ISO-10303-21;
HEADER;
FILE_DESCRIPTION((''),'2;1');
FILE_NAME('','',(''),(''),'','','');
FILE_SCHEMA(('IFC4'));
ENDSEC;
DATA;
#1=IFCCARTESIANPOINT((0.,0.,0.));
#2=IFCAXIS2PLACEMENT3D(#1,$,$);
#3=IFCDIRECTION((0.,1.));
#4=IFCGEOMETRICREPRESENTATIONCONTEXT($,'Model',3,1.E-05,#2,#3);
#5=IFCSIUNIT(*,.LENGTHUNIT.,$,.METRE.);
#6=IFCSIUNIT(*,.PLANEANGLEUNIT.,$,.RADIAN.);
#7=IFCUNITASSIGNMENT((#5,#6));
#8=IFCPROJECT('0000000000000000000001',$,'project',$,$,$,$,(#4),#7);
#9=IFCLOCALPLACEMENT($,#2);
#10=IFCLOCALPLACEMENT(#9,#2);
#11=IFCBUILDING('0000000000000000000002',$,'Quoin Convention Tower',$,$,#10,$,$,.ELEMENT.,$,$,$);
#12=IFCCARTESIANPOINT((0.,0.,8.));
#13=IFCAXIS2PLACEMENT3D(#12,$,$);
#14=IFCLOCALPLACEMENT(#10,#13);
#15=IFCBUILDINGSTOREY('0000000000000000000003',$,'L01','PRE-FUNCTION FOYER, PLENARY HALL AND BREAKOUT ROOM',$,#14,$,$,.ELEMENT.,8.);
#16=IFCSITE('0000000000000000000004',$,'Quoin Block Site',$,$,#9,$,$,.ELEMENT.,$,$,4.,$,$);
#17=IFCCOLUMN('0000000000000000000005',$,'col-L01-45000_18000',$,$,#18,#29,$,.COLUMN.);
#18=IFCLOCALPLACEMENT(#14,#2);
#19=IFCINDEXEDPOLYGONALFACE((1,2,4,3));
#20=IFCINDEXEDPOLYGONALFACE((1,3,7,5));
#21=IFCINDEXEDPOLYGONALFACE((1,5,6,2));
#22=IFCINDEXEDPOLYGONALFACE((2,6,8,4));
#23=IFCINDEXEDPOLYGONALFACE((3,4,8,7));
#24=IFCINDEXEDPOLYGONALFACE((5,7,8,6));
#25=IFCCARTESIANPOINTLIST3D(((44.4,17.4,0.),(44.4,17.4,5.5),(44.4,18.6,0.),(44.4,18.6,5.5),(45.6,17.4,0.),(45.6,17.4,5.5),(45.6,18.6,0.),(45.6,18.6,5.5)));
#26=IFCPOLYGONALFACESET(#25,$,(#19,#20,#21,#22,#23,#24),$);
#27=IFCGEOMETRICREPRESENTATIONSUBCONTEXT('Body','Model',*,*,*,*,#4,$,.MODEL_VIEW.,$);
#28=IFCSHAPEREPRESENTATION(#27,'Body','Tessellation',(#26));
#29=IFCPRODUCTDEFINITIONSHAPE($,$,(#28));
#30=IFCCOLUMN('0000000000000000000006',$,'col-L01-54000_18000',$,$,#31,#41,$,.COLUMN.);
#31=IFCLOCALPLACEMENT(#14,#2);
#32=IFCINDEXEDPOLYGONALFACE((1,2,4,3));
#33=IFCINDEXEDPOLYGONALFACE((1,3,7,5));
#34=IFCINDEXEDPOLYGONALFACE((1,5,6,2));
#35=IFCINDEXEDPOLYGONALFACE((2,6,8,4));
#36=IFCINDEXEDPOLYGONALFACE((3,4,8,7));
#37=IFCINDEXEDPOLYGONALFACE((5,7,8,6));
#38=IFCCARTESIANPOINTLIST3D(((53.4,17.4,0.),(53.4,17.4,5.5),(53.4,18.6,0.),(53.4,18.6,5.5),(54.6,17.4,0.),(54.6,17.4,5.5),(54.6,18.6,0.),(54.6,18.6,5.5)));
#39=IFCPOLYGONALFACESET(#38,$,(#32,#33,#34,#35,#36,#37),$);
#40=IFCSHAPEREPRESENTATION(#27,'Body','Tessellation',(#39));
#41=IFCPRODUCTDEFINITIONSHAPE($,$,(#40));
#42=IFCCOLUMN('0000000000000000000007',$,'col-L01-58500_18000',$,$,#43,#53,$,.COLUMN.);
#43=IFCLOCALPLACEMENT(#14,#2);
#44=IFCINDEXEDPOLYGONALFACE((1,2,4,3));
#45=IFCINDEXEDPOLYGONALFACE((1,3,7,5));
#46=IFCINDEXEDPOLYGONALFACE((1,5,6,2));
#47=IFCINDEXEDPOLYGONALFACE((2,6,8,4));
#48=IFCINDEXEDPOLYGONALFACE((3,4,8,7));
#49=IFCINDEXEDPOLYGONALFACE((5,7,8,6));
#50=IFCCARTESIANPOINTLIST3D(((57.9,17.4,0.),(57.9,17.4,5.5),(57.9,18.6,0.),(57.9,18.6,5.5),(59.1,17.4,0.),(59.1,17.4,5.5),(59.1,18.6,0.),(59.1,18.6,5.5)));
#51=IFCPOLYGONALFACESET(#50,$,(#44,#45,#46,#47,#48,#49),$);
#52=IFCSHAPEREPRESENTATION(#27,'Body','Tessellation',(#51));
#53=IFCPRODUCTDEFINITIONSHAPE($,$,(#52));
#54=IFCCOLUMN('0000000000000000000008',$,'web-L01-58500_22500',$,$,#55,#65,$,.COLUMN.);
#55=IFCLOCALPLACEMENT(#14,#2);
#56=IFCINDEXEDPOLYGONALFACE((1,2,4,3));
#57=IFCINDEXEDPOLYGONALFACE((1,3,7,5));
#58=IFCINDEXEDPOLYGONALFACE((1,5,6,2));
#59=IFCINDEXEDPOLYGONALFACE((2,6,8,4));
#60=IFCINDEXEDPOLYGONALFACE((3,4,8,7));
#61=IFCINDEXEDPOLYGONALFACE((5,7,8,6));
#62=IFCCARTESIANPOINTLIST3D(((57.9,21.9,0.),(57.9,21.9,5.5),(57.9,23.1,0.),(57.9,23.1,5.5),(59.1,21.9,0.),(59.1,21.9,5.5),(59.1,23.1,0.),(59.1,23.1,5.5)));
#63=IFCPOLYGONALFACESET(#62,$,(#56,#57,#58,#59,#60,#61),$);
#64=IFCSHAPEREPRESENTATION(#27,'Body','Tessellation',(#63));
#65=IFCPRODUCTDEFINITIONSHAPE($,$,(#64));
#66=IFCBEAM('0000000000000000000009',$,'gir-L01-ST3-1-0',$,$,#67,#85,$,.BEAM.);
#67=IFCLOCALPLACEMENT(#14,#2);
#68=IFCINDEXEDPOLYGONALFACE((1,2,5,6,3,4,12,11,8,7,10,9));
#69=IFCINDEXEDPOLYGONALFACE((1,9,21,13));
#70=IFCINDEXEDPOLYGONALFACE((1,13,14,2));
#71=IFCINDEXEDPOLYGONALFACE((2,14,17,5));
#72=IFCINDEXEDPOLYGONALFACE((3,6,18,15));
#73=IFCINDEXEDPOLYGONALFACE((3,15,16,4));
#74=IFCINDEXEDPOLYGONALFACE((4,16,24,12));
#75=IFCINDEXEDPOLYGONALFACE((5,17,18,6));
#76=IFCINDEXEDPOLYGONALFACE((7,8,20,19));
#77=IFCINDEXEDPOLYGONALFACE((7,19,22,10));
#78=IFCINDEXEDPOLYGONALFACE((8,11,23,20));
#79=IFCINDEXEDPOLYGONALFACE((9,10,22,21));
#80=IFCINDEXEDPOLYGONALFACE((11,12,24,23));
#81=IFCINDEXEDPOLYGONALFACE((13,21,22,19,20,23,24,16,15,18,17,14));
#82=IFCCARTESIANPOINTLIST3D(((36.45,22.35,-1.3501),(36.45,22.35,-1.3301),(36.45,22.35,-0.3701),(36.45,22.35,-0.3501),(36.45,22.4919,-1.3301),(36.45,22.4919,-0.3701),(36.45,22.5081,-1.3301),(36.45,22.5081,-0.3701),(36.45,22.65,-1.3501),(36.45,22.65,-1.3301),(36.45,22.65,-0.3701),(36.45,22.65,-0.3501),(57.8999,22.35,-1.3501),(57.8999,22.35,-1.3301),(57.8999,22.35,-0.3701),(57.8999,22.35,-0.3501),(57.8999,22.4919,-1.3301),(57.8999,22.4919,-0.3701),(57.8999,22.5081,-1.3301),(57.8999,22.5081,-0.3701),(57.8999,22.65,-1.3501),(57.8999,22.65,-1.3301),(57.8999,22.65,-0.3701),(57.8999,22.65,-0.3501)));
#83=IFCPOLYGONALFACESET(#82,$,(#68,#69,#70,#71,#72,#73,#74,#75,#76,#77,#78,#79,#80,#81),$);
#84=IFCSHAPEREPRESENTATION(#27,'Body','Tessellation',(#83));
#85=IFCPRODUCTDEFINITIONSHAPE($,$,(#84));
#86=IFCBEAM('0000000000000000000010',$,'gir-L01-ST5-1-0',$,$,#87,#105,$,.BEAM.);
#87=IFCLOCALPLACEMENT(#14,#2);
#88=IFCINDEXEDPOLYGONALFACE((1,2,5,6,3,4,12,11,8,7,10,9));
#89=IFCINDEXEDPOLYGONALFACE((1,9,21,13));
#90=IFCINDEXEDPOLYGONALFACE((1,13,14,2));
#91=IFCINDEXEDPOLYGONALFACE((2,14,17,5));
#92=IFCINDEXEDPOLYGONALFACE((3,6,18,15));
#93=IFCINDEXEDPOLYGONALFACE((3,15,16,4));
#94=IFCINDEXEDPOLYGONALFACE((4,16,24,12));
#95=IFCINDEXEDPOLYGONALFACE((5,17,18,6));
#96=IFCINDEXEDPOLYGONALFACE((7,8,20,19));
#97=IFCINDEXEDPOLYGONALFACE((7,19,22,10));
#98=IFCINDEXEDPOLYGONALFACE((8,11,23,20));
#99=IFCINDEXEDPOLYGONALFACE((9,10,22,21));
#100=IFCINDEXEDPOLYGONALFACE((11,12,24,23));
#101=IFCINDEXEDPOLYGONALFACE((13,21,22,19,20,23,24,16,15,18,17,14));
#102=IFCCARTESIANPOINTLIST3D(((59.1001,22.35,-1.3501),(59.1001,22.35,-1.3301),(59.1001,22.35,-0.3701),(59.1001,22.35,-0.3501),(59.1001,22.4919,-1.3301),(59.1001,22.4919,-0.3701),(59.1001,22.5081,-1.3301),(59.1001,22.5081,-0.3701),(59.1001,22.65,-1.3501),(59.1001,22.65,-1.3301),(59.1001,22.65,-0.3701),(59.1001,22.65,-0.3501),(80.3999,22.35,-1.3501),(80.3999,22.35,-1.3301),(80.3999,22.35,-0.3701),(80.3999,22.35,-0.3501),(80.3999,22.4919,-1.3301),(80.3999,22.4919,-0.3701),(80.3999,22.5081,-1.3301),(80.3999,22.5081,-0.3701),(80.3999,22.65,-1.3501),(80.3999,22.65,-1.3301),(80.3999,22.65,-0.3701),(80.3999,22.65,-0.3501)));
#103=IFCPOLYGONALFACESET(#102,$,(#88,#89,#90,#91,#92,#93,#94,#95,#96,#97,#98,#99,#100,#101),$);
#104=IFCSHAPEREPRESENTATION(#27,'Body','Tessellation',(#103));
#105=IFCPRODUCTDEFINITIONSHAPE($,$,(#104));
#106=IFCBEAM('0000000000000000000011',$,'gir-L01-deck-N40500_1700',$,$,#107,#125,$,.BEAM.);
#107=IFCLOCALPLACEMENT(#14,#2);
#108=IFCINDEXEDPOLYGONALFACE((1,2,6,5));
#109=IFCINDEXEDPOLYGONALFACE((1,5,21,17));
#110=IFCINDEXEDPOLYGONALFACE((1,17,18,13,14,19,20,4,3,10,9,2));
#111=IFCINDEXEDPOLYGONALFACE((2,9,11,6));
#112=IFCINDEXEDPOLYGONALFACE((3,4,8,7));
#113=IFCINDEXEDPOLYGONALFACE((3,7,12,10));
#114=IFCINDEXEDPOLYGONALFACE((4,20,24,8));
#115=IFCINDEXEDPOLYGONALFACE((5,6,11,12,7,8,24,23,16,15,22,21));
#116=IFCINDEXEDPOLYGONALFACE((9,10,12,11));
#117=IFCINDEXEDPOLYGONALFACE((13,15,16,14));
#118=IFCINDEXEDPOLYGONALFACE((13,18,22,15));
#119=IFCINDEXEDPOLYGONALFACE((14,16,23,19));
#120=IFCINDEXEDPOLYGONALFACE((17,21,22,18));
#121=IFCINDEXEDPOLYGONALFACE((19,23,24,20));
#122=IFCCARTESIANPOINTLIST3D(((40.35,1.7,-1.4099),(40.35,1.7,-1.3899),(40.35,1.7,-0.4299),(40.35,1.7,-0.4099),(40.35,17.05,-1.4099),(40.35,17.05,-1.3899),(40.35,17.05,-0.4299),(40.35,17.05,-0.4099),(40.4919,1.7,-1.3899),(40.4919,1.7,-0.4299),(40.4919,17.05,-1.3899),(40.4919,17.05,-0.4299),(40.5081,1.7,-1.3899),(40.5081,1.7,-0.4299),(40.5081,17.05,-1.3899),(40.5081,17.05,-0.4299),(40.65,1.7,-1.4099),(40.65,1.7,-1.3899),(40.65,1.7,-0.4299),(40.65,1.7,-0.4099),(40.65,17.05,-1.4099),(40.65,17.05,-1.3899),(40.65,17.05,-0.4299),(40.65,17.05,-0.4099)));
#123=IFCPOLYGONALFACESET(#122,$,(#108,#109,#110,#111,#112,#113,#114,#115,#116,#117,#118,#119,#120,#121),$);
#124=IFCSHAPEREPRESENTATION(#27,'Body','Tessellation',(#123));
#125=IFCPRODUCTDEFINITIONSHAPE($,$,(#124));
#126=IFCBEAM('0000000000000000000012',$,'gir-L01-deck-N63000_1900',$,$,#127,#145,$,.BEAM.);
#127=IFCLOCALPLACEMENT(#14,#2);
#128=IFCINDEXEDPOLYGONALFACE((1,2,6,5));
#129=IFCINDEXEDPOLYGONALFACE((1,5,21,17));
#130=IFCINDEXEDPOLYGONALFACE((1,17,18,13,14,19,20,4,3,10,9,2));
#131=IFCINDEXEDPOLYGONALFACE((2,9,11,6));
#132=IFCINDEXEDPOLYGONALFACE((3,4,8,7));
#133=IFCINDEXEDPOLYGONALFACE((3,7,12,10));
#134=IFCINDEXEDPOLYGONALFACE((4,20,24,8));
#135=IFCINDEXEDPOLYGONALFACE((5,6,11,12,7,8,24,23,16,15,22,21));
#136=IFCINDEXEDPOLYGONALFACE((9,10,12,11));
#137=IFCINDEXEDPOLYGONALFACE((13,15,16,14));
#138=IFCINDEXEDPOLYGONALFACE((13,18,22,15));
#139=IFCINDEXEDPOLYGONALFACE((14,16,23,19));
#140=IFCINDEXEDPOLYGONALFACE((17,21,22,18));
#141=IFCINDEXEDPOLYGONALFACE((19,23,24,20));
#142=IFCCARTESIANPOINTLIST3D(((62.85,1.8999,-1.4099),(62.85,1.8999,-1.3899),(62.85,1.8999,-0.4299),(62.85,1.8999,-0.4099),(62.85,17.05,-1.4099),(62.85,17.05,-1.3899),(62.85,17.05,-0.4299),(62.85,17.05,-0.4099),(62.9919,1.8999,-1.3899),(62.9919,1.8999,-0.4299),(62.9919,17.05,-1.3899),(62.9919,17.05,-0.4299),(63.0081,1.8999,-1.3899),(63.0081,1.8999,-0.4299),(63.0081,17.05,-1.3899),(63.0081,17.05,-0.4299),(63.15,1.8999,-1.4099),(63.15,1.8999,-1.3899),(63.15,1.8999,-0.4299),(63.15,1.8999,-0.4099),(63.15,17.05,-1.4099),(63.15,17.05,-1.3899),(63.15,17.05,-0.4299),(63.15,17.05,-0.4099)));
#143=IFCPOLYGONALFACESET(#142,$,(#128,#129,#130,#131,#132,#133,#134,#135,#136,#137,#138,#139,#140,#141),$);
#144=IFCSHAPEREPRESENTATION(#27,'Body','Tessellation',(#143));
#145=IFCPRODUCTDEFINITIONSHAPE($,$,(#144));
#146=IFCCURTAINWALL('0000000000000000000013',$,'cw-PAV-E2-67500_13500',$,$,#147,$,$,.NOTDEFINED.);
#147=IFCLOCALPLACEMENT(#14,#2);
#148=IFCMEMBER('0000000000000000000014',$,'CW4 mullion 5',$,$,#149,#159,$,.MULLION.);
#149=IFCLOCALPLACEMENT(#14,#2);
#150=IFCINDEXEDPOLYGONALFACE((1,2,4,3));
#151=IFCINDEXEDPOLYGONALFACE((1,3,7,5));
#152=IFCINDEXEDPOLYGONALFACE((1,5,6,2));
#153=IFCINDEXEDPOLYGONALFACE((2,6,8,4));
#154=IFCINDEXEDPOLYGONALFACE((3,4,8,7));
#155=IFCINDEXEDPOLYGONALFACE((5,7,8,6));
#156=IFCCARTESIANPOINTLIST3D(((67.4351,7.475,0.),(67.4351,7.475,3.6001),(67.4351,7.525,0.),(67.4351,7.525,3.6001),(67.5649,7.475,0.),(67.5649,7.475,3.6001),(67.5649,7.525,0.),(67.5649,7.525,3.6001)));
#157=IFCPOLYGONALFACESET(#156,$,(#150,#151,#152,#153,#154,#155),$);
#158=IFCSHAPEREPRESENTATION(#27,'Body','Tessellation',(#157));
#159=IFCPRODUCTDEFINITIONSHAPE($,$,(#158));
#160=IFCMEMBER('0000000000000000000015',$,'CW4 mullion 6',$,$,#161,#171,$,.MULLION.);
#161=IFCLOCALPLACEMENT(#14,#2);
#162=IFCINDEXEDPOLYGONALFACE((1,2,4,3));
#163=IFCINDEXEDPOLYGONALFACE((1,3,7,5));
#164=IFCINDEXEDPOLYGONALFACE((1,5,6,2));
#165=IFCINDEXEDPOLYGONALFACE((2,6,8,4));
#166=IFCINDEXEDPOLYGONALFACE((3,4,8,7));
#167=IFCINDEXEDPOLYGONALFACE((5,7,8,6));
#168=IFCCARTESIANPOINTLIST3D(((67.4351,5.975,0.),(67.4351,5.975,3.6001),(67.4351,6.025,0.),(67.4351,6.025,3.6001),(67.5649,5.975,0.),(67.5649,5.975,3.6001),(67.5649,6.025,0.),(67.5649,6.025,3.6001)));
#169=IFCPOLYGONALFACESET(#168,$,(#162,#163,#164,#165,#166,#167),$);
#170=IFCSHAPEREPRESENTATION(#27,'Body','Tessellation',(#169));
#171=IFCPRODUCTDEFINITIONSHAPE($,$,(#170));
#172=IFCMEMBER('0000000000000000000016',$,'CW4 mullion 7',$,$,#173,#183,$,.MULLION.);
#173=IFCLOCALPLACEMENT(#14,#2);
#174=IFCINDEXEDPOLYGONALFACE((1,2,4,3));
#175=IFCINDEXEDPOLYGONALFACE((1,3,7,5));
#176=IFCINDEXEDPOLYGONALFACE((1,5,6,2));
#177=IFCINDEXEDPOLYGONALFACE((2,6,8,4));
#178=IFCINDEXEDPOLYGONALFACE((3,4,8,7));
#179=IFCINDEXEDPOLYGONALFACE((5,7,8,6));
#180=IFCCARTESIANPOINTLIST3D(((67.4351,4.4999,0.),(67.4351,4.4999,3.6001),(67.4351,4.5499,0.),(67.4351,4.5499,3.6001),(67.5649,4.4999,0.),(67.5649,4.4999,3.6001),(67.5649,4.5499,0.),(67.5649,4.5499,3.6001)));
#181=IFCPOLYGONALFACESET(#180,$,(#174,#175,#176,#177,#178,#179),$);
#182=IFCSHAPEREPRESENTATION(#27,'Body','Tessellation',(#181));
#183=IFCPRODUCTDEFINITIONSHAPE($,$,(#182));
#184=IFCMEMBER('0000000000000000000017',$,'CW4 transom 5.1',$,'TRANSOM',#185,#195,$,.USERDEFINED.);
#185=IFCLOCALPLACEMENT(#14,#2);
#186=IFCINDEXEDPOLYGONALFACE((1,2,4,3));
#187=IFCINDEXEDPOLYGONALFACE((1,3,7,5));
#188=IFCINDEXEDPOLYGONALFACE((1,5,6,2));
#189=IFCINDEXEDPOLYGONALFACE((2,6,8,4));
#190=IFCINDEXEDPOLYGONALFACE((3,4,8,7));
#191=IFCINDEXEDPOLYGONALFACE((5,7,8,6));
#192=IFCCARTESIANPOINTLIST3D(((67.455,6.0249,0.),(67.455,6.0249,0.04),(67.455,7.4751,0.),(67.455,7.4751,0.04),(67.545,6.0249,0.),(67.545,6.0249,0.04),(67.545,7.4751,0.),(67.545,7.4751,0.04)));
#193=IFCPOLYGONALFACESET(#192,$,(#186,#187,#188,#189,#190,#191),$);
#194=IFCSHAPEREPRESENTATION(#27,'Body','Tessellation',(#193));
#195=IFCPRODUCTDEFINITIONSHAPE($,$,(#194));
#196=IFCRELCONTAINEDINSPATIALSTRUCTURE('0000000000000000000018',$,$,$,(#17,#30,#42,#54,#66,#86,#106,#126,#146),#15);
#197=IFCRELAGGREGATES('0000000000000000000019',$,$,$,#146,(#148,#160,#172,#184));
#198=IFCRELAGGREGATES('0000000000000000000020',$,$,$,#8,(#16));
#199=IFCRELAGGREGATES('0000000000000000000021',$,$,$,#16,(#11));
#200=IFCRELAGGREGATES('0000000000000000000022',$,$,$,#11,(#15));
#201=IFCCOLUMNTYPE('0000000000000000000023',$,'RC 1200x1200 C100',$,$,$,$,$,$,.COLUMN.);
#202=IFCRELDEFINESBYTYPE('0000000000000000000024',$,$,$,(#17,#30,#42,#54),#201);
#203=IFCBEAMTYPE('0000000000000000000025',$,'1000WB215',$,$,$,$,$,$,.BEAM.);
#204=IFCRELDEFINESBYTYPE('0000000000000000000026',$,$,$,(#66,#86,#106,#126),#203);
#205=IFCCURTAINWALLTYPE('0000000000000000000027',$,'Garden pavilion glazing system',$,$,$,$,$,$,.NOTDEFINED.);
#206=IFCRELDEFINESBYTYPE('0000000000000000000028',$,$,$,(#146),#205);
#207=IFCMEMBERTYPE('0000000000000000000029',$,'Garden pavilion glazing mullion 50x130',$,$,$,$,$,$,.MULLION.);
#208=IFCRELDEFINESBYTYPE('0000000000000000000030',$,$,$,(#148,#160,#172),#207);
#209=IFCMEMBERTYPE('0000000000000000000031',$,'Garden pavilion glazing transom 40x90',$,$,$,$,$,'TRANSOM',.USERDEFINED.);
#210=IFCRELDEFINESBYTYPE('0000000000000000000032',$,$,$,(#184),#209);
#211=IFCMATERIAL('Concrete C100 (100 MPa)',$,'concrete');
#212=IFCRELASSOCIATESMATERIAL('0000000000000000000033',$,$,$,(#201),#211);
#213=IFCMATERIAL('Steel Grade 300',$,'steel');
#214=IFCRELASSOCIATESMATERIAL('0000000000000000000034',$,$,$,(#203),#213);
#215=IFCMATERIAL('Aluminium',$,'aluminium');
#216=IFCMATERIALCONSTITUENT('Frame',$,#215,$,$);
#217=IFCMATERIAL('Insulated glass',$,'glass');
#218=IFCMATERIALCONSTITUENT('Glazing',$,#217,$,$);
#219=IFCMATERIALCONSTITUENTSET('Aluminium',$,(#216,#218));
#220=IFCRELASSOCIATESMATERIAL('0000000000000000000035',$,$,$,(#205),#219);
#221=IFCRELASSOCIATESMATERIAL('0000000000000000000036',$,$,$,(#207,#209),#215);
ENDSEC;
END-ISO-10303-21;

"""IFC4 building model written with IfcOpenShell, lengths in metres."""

from ifc_helpers import new_model, si_unit, direction, frame, origin, origin_2d, place, context, subcontext, project, spatial, rectangle, i_section, extrude, material, constituent, constituent_set, material_profile, profile_set, type_object, element, aggregate, save


model = new_model("IFC4")

# Units and contexts
model_context = context("Model", 3, precision=1e-05, world=origin(), true_north=direction((0.0, 1.0)))
body_context = subcontext(model_context, "Body", "Model", "MODEL_VIEW")
ifc_project = project(units=[si_unit("LENGTHUNIT", "METRE"), si_unit("PLANEANGLEUNIT", "RADIAN")], contexts=[model_context])

# Site, building, storey
site_placement = place(None, origin())
site = spatial("IfcSite", under=ifc_project, at=site_placement, Name="Quoin Block Site", CompositionType="ELEMENT", RefElevation=4.0)
building_placement = place(site_placement, origin())
building = spatial("IfcBuilding", under=site, at=building_placement, Name="Quoin Convention Tower", CompositionType="ELEMENT")
storey_placement = place(building_placement, frame((0.0, 0.0, 8.0)))
storey = spatial("IfcBuildingStorey", under=building, at=storey_placement, Name="L01", Description="PRE-FUNCTION FOYER, PLENARY HALL AND BREAKOUT ROOM", CompositionType="ELEMENT", Elevation=8.0)

# Columns
ifc_material_1 = material(Name="Concrete C100 (100 MPa)", Category="concrete")
ifc_material_profile_1 = material_profile(ifc_material_1, rectangle(XDim=1.2, YDim=1.2, at=origin_2d()), Name="RC 1200x1200")
ifc_profile_set_1 = profile_set([ifc_material_profile_1], Name="Concrete C100 (100 MPa)")
column_type = type_object("IfcColumnType", Name="RC 1200x1200 C100", PredefinedType="COLUMN", material=ifc_profile_set_1)
for number, where, z_axis, x_axis, name in (
    (1, (45.0, 18.0, 0.0), (0.0, 0.0, 1.0), (1.0, 0.0, 0.0), "col-L01-45000_18000"),
    (2, (54.0, 18.0, 0.0), (0.0, 0.0, 1.0), (1.0, 0.0, 0.0), "col-L01-54000_18000"),
    (3, (58.5, 18.0, 0.0), (0.0, 0.0, 1.0), (1.0, 0.0, 0.0), "col-L01-58500_18000"),
    (4, (58.5, 22.5, 0.0), (0.0, 0.0, 1.0), (1.0, 0.0, 0.0), "web-L01-58500_22500"),
):
    element("IfcColumn", number, at=place(storey_placement, frame(where, z_axis=z_axis, x_axis=x_axis)), inside=storey, type_object=column_type, Name=name, PredefinedType="COLUMN", context=body_context, shape_type="SweptSolid", body=[
        extrude(rectangle(XDim=1.2, YDim=1.2, at=origin_2d()), origin(), (0.0, 0.0, 1.0), 5.5),
    ])

# Beams
ifc_material_2 = material(Name="Steel Grade 300", Category="steel")
ifc_material_profile_2 = material_profile(ifc_material_2, i_section(OverallWidth=0.3, OverallDepth=1.0, WebThickness=0.0161, FlangeThickness=0.02, at=origin_2d()), Name="1000WB215")
ifc_profile_set_2 = profile_set([ifc_material_profile_2], Name="Steel Grade 300")
beam_type_1 = type_object("IfcBeamType", Name="1000WB215", PredefinedType="BEAM", material=ifc_profile_set_2)
beam_1_placement = place(storey_placement, frame((36.45, 22.5, -0.8501), z_axis=(1.0, 0.0, 0.0), x_axis=(0.0, 1.0, 0.0)))
element("IfcBeam", 5, at=beam_1_placement, inside=storey, type_object=beam_type_1, Name="gir-L01-ST3-1-0", PredefinedType="BEAM", context=body_context, shape_type="SweptSolid", body=[
    extrude(i_section(OverallWidth=0.3, OverallDepth=1.0, WebThickness=0.0161, FlangeThickness=0.02, at=origin_2d()), origin(), (0.0, 0.0, 1.0), 21.45),
])
beam_2_placement = place(storey_placement, frame((59.1001, 22.5, -0.8501), z_axis=(1.0, 0.0, 0.0), x_axis=(0.0, 1.0, 0.0)))
element("IfcBeam", 6, at=beam_2_placement, inside=storey, type_object=beam_type_1, Name="gir-L01-ST5-1-0", PredefinedType="BEAM", context=body_context, shape_type="SweptSolid", body=[
    extrude(i_section(OverallWidth=0.3, OverallDepth=1.0, WebThickness=0.0161, FlangeThickness=0.02, at=origin_2d()), origin(), (0.0, 0.0, 1.0), 21.2998),
])
beam_3_placement = place(storey_placement, frame((40.5, 1.7, -0.9099), z_axis=(0.0, 1.0, 0.0), x_axis=(-1.0, 0.0, 0.0)))
element("IfcBeam", 7, at=beam_3_placement, inside=storey, type_object=beam_type_1, Name="gir-L01-deck-N40500_1700", PredefinedType="BEAM", context=body_context, shape_type="SweptSolid", body=[
    extrude(i_section(OverallWidth=0.3, OverallDepth=1.0, WebThickness=0.0161, FlangeThickness=0.02, at=origin_2d()), origin(), (0.0, 0.0, 1.0), 15.3501),
])
beam_4_placement = place(storey_placement, frame((63.0, 1.8999, -0.9099), z_axis=(0.0, 1.0, 0.0), x_axis=(-1.0, 0.0, 0.0)))
element("IfcBeam", 8, at=beam_4_placement, inside=storey, type_object=beam_type_1, Name="gir-L01-deck-N63000_1900", PredefinedType="BEAM", context=body_context, shape_type="SweptSolid", body=[
    extrude(i_section(OverallWidth=0.3, OverallDepth=1.0, WebThickness=0.0161, FlangeThickness=0.02, at=origin_2d()), origin(), (0.0, 0.0, 1.0), 15.1501),
])

# Curtain wall, members
ifc_material_3 = material(Name="Aluminium", Category="aluminium")
ifc_constituent_1 = constituent(ifc_material_3, Name="Frame")
ifc_material_4 = material(Name="Insulated glass", Category="glass")
ifc_constituent_2 = constituent(ifc_material_4, Name="Glazing")
ifc_constituent_set_1 = constituent_set(constituents=[ifc_constituent_1, ifc_constituent_2], Name="Aluminium")
curtain_wall_type = type_object("IfcCurtainWallType", Name="Garden pavilion glazing system", PredefinedType="NOTDEFINED", material=ifc_constituent_set_1)
curtain_wall_placement = place(storey_placement, origin())
curtain_wall = element("IfcCurtainWall", 9, at=curtain_wall_placement, inside=storey, type_object=curtain_wall_type, Name="cw-PAV-E2-67500_13500", PredefinedType="NOTDEFINED")
ifc_material_profile_3 = material_profile(ifc_material_3, rectangle(XDim=0.1299, YDim=0.05, at=origin_2d()), Name="Garden pavilion glazing mullion 50x130")
ifc_profile_set_3 = profile_set([ifc_material_profile_3], Name="Aluminium")
member_type_1 = type_object("IfcMemberType", Name="Garden pavilion glazing mullion 50x130", PredefinedType="MULLION", material=ifc_profile_set_3)
member_1_placement = place(storey_placement, frame((67.5, 7.5, 0.0), z_axis=(0.0, 0.0, 1.0), x_axis=(1.0, 0.0, 0.0)))
member_1 = element("IfcMember", 10, at=member_1_placement, type_object=member_type_1, Name="CW4 mullion 5", PredefinedType="MULLION", context=body_context, shape_type="SweptSolid", body=[
    extrude(rectangle(XDim=0.1299, YDim=0.05, at=origin_2d()), origin(), (0.0, 0.0, 1.0), 3.6001),
])
member_2_placement = place(storey_placement, frame((67.5, 6.0, 0.0), z_axis=(0.0, 0.0, 1.0), x_axis=(1.0, 0.0, 0.0)))
member_2 = element("IfcMember", 11, at=member_2_placement, type_object=member_type_1, Name="CW4 mullion 6", PredefinedType="MULLION", context=body_context, shape_type="SweptSolid", body=[
    extrude(rectangle(XDim=0.1299, YDim=0.05, at=origin_2d()), origin(), (0.0, 0.0, 1.0), 3.6001),
])
member_3_placement = place(storey_placement, frame((67.5, 4.5249, 0.0), z_axis=(0.0, 0.0, 1.0), x_axis=(1.0, 0.0, 0.0)))
member_3 = element("IfcMember", 12, at=member_3_placement, type_object=member_type_1, Name="CW4 mullion 7", PredefinedType="MULLION", context=body_context, shape_type="SweptSolid", body=[
    extrude(rectangle(XDim=0.1299, YDim=0.05, at=origin_2d()), origin(), (0.0, 0.0, 1.0), 3.6001),
])
ifc_material_profile_4 = material_profile(ifc_material_3, rectangle(XDim=0.0901, YDim=0.04, at=origin_2d()), Name="Garden pavilion glazing transom 40x90")
ifc_profile_set_4 = profile_set([ifc_material_profile_4], Name="Aluminium")
member_type_2 = type_object("IfcMemberType", Name="Garden pavilion glazing transom 40x90", ElementType="TRANSOM", PredefinedType="USERDEFINED", material=ifc_profile_set_4)
member_4_placement = place(storey_placement, frame((67.5, 7.4751, 0.02), z_axis=(0.0, -1.0, 0.0), x_axis=(1.0, 0.0, 0.0)))
member_4 = element("IfcMember", 13, at=member_4_placement, type_object=member_type_2, Name="CW4 transom 5.1", ObjectType="TRANSOM", PredefinedType="USERDEFINED", context=body_context, shape_type="SweptSolid", body=[
    extrude(rectangle(XDim=0.0901, YDim=0.04, at=origin_2d()), origin(), (0.0, 0.0, 1.0), 1.4502),
])

aggregate(curtain_wall, [member_1, member_2, member_3, member_4])

save(model, "model.ifc")
